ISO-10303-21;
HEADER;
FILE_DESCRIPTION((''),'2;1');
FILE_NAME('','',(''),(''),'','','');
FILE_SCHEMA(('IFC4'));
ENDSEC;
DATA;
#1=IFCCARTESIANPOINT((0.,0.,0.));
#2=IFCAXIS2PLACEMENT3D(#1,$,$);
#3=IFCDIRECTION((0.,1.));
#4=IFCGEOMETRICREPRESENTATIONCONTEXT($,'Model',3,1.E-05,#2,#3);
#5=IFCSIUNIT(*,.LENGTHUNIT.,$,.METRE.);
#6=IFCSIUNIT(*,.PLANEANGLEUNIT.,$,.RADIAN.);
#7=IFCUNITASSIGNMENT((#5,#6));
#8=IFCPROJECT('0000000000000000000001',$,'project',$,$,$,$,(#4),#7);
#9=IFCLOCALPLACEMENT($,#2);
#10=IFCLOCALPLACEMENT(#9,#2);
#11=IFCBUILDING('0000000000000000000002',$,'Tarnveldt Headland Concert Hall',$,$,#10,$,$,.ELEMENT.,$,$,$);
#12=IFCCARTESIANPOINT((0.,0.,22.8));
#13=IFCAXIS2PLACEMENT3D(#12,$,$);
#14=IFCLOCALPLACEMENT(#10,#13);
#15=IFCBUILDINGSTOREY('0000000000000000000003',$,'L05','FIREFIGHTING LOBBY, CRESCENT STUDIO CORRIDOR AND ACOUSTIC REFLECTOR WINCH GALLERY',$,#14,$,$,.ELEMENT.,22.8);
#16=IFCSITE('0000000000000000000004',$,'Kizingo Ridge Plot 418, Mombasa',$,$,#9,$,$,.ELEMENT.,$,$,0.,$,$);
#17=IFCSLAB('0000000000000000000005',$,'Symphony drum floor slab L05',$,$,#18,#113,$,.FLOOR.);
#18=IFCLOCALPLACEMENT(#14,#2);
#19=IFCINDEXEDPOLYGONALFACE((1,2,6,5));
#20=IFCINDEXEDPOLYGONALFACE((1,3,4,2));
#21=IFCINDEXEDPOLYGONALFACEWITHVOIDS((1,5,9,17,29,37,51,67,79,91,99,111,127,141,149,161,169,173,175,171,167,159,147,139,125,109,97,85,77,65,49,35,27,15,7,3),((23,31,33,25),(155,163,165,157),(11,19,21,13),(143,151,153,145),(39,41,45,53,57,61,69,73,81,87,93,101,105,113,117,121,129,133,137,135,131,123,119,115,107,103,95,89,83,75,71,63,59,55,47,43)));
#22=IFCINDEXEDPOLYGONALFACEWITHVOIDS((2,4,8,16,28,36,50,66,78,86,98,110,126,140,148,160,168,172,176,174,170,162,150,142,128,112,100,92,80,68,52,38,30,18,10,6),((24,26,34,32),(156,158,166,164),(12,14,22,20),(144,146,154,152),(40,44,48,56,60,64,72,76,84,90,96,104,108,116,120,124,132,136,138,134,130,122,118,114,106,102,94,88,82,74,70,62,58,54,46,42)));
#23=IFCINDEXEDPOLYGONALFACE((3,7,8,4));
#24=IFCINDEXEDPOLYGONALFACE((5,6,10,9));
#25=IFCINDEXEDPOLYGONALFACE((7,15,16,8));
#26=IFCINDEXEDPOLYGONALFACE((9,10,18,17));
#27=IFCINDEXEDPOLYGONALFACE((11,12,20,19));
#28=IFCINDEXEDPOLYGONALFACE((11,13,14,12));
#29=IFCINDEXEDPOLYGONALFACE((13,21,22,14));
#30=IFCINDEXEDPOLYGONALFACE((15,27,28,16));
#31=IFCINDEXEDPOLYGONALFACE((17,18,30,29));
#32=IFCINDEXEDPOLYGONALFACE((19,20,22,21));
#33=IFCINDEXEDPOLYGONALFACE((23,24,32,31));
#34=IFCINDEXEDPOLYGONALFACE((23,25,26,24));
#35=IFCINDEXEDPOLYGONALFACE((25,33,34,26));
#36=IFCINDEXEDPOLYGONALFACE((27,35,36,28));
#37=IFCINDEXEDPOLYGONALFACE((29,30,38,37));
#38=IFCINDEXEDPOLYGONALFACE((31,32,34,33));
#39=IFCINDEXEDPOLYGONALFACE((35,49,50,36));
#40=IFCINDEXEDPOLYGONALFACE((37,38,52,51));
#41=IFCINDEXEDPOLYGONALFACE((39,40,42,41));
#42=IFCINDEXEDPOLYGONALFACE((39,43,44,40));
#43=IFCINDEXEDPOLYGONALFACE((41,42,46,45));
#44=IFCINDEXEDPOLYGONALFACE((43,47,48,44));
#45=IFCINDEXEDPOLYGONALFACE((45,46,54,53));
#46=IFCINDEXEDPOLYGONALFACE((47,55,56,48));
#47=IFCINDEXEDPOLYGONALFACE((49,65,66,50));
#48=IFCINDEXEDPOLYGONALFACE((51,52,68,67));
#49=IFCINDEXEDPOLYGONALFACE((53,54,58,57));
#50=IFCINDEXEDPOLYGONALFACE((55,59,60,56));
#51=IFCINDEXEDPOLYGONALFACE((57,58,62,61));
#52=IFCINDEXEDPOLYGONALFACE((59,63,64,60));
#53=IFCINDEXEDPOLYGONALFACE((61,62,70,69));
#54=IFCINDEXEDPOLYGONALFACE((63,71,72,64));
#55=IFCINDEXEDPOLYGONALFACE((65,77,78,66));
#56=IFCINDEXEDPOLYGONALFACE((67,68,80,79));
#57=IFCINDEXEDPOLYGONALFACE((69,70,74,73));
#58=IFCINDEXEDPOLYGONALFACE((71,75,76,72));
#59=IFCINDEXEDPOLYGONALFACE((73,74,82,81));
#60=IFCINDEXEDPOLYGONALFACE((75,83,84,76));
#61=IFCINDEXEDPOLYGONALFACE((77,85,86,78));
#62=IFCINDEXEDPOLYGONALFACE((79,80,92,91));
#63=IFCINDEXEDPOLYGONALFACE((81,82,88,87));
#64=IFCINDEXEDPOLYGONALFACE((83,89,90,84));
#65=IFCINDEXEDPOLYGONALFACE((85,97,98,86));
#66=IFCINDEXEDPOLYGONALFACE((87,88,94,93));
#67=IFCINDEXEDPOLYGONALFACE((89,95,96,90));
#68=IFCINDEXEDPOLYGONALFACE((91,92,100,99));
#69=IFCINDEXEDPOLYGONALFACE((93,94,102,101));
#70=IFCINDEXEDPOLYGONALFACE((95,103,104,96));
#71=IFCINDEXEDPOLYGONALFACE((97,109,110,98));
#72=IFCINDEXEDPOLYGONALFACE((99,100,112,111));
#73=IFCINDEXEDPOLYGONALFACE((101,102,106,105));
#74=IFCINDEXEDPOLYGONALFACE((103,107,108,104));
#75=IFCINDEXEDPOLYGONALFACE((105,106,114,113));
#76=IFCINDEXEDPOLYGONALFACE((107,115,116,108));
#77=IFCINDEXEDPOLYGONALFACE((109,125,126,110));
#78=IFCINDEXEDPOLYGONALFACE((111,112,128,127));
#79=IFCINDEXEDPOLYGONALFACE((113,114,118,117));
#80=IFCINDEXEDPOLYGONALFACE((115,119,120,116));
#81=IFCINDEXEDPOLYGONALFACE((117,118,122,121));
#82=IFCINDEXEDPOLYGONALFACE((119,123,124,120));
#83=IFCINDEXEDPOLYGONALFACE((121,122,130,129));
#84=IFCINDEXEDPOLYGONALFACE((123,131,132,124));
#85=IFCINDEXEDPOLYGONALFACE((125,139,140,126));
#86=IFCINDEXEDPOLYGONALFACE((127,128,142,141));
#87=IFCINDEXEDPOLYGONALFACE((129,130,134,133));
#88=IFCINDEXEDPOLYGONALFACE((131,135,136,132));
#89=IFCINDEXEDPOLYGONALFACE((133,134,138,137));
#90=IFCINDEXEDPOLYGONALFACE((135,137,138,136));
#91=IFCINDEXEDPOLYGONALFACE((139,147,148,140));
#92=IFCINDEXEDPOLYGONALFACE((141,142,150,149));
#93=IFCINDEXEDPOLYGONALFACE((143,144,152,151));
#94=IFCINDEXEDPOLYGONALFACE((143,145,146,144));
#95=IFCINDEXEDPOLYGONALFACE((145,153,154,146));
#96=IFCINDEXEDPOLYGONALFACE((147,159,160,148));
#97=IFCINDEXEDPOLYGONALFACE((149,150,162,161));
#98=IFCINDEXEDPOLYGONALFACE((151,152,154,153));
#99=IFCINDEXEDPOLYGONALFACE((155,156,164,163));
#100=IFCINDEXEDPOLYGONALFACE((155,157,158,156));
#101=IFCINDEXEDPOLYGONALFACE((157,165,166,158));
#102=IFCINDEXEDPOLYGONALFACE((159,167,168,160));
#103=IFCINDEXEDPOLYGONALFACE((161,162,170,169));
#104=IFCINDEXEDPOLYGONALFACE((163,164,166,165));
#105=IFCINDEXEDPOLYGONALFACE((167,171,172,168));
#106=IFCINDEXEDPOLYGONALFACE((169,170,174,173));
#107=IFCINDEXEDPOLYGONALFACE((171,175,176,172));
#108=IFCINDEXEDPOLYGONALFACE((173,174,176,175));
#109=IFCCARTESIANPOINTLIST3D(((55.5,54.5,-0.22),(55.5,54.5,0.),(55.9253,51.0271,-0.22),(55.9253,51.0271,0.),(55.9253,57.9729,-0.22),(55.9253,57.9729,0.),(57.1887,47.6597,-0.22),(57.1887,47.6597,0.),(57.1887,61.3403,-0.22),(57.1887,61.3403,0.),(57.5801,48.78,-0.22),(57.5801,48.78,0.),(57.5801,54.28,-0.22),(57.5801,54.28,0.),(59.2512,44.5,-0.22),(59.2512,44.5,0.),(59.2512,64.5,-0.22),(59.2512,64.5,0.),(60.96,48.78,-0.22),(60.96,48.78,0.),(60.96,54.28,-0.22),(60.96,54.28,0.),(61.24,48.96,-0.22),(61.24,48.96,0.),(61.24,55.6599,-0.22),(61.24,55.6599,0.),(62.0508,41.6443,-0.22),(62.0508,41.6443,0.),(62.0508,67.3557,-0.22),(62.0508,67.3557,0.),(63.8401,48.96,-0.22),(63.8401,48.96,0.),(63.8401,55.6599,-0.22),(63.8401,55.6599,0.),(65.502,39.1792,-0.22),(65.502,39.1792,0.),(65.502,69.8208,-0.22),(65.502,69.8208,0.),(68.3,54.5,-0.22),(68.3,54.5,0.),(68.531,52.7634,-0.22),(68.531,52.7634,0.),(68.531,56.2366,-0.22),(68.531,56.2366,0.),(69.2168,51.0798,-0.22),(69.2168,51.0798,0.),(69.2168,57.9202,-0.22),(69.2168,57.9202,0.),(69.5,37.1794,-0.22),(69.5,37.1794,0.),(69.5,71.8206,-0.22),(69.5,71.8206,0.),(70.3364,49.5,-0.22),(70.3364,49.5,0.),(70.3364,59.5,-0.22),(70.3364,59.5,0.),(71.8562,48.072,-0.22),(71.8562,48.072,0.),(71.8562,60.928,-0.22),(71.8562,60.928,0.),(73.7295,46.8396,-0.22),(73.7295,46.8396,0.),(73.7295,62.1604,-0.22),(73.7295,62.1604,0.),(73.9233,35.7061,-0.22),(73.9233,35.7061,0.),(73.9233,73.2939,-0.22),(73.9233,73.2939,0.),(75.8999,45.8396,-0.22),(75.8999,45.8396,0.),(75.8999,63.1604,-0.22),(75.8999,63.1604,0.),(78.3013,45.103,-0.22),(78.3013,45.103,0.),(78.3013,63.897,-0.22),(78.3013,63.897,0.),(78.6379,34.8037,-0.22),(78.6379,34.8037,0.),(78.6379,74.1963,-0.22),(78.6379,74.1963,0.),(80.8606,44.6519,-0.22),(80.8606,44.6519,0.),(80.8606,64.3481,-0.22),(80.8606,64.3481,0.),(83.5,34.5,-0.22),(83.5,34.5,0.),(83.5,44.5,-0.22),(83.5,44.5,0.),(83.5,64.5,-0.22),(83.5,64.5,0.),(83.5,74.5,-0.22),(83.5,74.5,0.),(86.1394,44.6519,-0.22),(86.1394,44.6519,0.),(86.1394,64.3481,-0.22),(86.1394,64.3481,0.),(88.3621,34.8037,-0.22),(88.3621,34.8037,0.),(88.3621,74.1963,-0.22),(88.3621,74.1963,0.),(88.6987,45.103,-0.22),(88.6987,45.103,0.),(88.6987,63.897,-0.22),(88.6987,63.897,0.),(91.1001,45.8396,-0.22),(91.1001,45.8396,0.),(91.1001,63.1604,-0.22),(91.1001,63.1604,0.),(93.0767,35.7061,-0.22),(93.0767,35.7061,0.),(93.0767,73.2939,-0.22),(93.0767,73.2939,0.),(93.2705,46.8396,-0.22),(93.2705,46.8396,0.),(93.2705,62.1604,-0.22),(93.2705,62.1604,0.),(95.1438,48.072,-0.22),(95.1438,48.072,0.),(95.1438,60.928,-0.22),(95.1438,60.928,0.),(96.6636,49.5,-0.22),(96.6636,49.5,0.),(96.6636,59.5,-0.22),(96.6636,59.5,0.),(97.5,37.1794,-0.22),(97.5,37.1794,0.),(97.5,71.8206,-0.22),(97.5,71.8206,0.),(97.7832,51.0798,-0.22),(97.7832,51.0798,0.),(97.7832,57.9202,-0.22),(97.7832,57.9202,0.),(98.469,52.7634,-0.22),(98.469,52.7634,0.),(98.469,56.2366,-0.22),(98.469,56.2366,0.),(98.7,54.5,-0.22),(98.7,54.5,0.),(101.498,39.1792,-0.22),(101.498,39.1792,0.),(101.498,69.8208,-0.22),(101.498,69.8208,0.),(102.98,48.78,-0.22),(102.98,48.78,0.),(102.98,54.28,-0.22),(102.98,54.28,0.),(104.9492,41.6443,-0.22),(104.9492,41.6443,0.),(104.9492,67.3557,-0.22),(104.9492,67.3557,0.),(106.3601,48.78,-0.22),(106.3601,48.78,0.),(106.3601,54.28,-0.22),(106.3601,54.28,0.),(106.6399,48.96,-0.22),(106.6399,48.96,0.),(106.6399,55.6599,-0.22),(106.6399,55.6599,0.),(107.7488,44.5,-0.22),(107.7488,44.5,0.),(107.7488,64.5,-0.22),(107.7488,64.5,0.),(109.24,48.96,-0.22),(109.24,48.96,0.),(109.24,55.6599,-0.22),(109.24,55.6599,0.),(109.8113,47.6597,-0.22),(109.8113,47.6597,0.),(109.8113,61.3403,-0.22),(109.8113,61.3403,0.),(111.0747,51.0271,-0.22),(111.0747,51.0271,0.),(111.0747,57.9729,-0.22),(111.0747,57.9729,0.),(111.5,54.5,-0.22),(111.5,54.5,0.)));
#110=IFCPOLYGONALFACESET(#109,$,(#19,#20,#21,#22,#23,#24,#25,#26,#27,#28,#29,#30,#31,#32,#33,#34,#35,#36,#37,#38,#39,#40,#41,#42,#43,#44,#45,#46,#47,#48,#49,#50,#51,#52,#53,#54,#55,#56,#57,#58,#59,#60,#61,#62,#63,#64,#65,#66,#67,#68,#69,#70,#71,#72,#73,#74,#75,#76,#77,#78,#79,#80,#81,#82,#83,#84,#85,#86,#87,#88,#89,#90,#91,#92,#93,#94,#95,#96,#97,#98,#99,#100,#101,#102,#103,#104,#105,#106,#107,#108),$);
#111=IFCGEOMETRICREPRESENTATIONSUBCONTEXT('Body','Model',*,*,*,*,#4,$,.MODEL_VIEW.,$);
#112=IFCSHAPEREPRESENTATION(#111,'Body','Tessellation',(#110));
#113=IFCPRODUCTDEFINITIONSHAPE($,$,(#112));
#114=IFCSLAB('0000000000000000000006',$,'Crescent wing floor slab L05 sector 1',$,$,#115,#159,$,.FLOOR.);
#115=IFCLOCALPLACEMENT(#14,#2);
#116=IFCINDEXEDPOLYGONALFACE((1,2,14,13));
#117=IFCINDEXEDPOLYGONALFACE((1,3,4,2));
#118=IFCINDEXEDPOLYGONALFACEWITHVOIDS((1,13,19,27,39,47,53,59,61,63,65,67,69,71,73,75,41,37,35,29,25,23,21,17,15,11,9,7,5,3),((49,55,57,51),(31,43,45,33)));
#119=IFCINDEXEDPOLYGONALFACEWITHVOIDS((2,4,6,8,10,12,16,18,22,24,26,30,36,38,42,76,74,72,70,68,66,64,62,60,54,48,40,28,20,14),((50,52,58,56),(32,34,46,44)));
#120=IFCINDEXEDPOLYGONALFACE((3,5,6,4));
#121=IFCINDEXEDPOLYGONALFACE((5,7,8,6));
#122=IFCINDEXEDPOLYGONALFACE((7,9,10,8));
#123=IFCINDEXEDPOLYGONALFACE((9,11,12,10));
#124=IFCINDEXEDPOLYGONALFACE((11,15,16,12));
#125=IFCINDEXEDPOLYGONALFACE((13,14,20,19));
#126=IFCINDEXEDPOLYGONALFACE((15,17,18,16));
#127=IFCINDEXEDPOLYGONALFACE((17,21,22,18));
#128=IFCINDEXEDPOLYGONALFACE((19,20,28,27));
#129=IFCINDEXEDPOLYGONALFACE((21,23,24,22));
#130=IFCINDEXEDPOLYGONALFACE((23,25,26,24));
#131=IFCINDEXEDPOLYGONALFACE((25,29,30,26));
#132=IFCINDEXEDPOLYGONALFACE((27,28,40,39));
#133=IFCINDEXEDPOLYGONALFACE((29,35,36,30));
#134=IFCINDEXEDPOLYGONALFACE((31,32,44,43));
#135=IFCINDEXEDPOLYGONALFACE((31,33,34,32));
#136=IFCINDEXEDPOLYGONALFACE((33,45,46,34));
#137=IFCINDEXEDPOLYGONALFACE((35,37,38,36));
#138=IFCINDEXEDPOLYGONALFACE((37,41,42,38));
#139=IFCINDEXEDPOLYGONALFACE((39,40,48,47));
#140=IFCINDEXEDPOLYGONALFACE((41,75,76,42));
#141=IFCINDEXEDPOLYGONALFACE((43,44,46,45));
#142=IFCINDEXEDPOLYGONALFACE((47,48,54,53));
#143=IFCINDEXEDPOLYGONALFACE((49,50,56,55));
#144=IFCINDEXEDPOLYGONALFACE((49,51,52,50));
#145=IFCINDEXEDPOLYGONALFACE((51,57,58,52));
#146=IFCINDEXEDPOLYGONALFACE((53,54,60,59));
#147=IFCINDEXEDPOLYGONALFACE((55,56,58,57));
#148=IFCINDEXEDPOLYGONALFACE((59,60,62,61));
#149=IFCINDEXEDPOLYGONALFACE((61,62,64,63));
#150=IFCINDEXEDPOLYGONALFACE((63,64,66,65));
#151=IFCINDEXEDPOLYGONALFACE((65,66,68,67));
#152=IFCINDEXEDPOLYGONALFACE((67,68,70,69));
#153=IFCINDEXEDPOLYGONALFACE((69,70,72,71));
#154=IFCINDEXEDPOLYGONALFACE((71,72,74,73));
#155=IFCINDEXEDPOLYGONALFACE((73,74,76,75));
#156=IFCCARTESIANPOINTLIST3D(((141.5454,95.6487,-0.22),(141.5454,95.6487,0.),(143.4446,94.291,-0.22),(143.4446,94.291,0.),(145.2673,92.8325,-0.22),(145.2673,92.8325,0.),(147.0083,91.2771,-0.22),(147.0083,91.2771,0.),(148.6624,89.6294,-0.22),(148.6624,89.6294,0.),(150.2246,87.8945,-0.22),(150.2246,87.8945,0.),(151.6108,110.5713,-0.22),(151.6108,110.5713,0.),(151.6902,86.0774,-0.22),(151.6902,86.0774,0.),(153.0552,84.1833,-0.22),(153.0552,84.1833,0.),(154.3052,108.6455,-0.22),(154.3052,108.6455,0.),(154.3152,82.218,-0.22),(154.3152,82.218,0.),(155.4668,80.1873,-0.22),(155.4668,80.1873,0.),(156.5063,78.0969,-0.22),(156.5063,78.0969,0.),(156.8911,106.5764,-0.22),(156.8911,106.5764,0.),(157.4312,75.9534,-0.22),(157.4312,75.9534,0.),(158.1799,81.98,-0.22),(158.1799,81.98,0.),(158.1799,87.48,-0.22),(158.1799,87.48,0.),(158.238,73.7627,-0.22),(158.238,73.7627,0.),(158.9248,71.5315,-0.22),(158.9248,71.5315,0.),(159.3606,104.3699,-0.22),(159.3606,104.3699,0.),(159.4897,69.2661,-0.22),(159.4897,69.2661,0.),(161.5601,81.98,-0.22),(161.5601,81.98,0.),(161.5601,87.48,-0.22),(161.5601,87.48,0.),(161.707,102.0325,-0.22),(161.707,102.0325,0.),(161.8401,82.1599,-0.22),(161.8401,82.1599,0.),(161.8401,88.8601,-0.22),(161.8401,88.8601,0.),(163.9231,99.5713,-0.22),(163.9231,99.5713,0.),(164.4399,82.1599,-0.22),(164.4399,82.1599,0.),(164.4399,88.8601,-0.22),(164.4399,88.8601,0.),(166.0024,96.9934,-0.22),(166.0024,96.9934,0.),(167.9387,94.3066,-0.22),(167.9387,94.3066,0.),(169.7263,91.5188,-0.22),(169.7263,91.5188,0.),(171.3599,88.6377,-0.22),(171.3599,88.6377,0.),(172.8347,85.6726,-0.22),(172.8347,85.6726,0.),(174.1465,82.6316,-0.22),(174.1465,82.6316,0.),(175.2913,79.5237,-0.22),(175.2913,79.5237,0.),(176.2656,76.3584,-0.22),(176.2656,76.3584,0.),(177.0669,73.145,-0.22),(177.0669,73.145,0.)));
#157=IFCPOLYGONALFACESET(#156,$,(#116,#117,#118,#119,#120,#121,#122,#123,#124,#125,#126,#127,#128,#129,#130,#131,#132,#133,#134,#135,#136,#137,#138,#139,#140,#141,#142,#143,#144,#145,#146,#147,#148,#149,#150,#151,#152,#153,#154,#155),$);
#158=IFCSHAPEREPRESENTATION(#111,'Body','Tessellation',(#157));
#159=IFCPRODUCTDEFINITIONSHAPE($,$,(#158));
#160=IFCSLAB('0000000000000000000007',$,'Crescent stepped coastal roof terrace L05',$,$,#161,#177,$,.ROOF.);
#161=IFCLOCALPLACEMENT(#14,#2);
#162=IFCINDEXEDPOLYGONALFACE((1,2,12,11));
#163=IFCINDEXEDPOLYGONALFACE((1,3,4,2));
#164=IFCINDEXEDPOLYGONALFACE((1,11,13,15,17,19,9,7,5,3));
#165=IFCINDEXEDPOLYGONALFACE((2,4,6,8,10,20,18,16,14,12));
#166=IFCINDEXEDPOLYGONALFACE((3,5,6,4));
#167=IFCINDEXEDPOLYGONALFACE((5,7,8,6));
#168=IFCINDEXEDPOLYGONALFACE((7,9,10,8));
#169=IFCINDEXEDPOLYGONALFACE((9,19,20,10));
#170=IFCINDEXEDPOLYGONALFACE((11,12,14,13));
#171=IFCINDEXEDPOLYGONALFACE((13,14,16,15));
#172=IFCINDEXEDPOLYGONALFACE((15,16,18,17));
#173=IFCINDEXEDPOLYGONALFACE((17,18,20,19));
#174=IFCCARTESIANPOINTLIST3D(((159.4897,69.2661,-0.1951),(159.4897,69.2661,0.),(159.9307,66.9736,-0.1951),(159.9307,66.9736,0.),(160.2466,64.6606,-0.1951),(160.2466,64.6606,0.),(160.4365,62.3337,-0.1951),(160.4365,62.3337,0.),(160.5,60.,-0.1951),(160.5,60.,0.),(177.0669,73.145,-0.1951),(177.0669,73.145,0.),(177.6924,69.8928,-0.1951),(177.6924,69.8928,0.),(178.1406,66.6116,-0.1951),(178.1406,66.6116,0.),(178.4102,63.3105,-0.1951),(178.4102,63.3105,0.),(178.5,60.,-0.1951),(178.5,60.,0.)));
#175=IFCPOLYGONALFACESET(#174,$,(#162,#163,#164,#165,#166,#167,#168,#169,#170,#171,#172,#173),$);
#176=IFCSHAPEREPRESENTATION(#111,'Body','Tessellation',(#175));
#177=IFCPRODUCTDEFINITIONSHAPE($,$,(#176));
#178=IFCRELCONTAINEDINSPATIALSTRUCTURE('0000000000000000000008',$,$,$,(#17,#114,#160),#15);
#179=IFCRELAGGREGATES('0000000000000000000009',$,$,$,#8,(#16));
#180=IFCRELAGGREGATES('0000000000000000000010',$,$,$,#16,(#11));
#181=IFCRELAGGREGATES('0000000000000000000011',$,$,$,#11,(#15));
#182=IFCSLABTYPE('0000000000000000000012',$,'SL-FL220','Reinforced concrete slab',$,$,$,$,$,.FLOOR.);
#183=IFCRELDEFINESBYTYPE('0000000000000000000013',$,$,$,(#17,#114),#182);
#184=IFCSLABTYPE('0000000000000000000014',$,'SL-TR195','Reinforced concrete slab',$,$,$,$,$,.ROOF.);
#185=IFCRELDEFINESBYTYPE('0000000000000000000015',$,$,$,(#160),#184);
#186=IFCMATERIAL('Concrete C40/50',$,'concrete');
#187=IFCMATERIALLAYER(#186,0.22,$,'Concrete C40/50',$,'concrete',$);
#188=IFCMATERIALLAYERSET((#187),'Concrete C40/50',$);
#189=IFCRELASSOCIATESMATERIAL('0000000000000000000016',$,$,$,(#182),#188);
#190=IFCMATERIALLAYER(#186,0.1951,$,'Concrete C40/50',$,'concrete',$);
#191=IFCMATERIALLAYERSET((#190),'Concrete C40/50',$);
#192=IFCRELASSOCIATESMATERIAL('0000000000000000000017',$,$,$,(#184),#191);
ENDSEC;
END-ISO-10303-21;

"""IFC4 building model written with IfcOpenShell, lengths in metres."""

from ifc_helpers import new_model, si_unit, direction, frame, origin, place, context, subcontext, project, spatial, polyline, outline, extrude, material, layer, layer_set, type_object, element, save


model = new_model("IFC4")

# Units and contexts
model_context = context("Model", 3, precision=1e-05, world=origin(), true_north=direction((0.0, 1.0)))
body_context = subcontext(model_context, "Body", "Model", "MODEL_VIEW")
ifc_project = project(units=[si_unit("LENGTHUNIT", "METRE"), si_unit("PLANEANGLEUNIT", "RADIAN")], contexts=[model_context])

# Site, building, storey
site_placement = place(None, origin())
site = spatial("IfcSite", under=ifc_project, at=site_placement, Name="Kizingo Ridge Plot 418, Mombasa", CompositionType="ELEMENT", RefElevation=0.0)
building_placement = place(site_placement, origin())
building = spatial("IfcBuilding", under=site, at=building_placement, Name="Tarnveldt Headland Concert Hall", CompositionType="ELEMENT")
storey_placement = place(building_placement, frame((0.0, 0.0, 22.8)))
storey = spatial("IfcBuildingStorey", under=building, at=storey_placement, Name="L05", Description="FIREFIGHTING LOBBY, CRESCENT STUDIO CORRIDOR AND ACOUSTIC REFLECTOR WINCH GALLERY", CompositionType="ELEMENT", Elevation=22.8)

# Slabs
ifc_material_1 = material(Name="Concrete C40/50", Category="concrete")
ifc_layer_1 = layer(ifc_material_1, 0.22, Name="Concrete C40/50", Category="concrete")
ifc_layer_set_1 = layer_set([ifc_layer_1], Name="Concrete C40/50")
slab_type_1 = type_object("IfcSlabType", Name="SL-FL220", Description="Reinforced concrete slab", PredefinedType="FLOOR", material=ifc_layer_set_1)
slab_1_placement = place(storey_placement, frame((0.0, 0.0, -0.22)))
element("IfcSlab", 1, at=slab_1_placement, inside=storey, type_object=slab_type_1, Name="Symphony drum floor slab L05", PredefinedType="FLOOR", context=body_context, shape_type="SweptSolid", body=[
    extrude(outline(polyline([(101.498, 39.1792), (104.9492, 41.6443), (107.7488, 44.5), (109.8113, 47.6597), (111.0747, 51.0271), (111.5, 54.5), (111.0747, 57.9729), (109.8113, 61.3403), (107.7488, 64.5), (104.9492, 67.3557), (101.498, 69.8208), (97.5, 71.8206), (93.0767, 73.2939), (88.3621, 74.1963), (83.5, 74.5), (78.6379, 74.1963), (73.9233, 73.2939), (69.5, 71.8206), (65.502, 69.8208), (62.0508, 67.3557), (59.2512, 64.5), (57.1887, 61.3403), (55.9253, 57.9729), (55.5, 54.5), (55.9253, 51.0271), (57.1887, 47.6597), (59.2512, 44.5), (62.0508, 41.6443), (65.502, 39.1792), (69.5, 37.1794), (73.9233, 35.7061), (78.6379, 34.8037), (83.5, 34.5), (88.3621, 34.8037), (93.0767, 35.7061), (97.5, 37.1794), (101.498, 39.1792)]), holes=[polyline([(93.2705, 62.1604), (95.1438, 60.928), (96.6636, 59.5), (97.7832, 57.9202), (98.469, 56.2366), (98.7, 54.5), (98.469, 52.7634), (97.7832, 51.0798), (96.6636, 49.5), (95.1438, 48.072), (93.2705, 46.8396), (91.1001, 45.8396), (88.6987, 45.103), (86.1394, 44.6519), (83.5, 44.5), (80.8606, 44.6519), (78.3013, 45.103), (75.8999, 45.8396), (73.7295, 46.8396), (71.8562, 48.072), (70.3364, 49.5), (69.2168, 51.0798), (68.531, 52.7634), (68.3, 54.5), (68.531, 56.2366), (69.2168, 57.9202), (70.3364, 59.5), (71.8562, 60.928), (73.7295, 62.1604), (75.8999, 63.1604), (78.3013, 63.897), (80.8606, 64.3481), (83.5, 64.5), (86.1394, 64.3481), (88.6987, 63.897), (91.1001, 63.1604), (93.2705, 62.1604)]), polyline([(60.96, 48.78), (57.5801, 48.78), (57.5801, 54.28), (60.96, 54.28), (60.96, 48.78)]), polyline([(61.24, 48.96), (61.24, 55.6599), (63.8401, 55.6599), (63.8401, 48.96), (61.24, 48.96)]), polyline([(102.98, 54.28), (106.3601, 54.28), (106.3601, 48.78), (102.98, 48.78), (102.98, 54.28)]), polyline([(109.24, 55.6599), (109.24, 48.96), (106.6399, 48.96), (106.6399, 55.6599), (109.24, 55.6599)])]), origin(), (0.0, 0.0, 1.0), 0.22),
])
slab_2_placement = place(storey_placement, frame((0.0, 0.0, -0.22)))
element("IfcSlab", 2, at=slab_2_placement, inside=storey, type_object=slab_type_1, Name="Crescent wing floor slab L05 sector 1", PredefinedType="FLOOR", context=body_context, shape_type="SweptSolid", body=[
    extrude(outline(polyline([(158.9248, 71.5315), (159.4897, 69.2661), (177.0669, 73.145), (176.2656, 76.3584), (175.2913, 79.5237), (174.1465, 82.6316), (172.8347, 85.6726), (171.3599, 88.6377), (169.7263, 91.5188), (167.9387, 94.3066), (166.0024, 96.9934), (163.9231, 99.5713), (161.707, 102.0325), (159.3606, 104.3699), (156.8911, 106.5764), (154.3052, 108.6455), (151.6108, 110.5713), (141.5454, 95.6487), (143.4446, 94.291), (145.2673, 92.8325), (147.0083, 91.2771), (148.6624, 89.6294), (150.2246, 87.8945), (151.6902, 86.0774), (153.0552, 84.1833), (154.3152, 82.218), (155.4668, 80.1873), (156.5063, 78.0969), (157.4312, 75.9534), (158.238, 73.7627), (158.9248, 71.5315)]), holes=[polyline([(158.1799, 87.48), (161.5601, 87.48), (161.5601, 81.98), (158.1799, 81.98), (158.1799, 87.48)]), polyline([(164.4399, 88.8601), (164.4399, 82.1599), (161.8401, 82.1599), (161.8401, 88.8601), (164.4399, 88.8601)])]), origin(), (0.0, 0.0, 1.0), 0.22),
])
ifc_layer_2 = layer(ifc_material_1, 0.1951, Name="Concrete C40/50", Category="concrete")
ifc_layer_set_2 = layer_set([ifc_layer_2], Name="Concrete C40/50")
slab_type_2 = type_object("IfcSlabType", Name="SL-TR195", Description="Reinforced concrete slab", PredefinedType="ROOF", material=ifc_layer_set_2)
slab_3_placement = place(storey_placement, frame((0.0, 0.0, -0.1951)))
element("IfcSlab", 3, at=slab_3_placement, inside=storey, type_object=slab_type_2, Name="Crescent stepped coastal roof terrace L05", PredefinedType="ROOF", context=body_context, shape_type="SweptSolid", body=[
    extrude(outline(polyline([(178.5, 60.0), (178.4102, 63.3105), (178.1406, 66.6116), (177.6924, 69.8928), (177.0669, 73.145), (159.4897, 69.2661), (159.9307, 66.9736), (160.2466, 64.6606), (160.4365, 62.3337), (160.5, 60.0), (178.5, 60.0)])), origin(), (0.0, 0.0, 1.0), 0.1951),
])

save(model, "model.ifc")
